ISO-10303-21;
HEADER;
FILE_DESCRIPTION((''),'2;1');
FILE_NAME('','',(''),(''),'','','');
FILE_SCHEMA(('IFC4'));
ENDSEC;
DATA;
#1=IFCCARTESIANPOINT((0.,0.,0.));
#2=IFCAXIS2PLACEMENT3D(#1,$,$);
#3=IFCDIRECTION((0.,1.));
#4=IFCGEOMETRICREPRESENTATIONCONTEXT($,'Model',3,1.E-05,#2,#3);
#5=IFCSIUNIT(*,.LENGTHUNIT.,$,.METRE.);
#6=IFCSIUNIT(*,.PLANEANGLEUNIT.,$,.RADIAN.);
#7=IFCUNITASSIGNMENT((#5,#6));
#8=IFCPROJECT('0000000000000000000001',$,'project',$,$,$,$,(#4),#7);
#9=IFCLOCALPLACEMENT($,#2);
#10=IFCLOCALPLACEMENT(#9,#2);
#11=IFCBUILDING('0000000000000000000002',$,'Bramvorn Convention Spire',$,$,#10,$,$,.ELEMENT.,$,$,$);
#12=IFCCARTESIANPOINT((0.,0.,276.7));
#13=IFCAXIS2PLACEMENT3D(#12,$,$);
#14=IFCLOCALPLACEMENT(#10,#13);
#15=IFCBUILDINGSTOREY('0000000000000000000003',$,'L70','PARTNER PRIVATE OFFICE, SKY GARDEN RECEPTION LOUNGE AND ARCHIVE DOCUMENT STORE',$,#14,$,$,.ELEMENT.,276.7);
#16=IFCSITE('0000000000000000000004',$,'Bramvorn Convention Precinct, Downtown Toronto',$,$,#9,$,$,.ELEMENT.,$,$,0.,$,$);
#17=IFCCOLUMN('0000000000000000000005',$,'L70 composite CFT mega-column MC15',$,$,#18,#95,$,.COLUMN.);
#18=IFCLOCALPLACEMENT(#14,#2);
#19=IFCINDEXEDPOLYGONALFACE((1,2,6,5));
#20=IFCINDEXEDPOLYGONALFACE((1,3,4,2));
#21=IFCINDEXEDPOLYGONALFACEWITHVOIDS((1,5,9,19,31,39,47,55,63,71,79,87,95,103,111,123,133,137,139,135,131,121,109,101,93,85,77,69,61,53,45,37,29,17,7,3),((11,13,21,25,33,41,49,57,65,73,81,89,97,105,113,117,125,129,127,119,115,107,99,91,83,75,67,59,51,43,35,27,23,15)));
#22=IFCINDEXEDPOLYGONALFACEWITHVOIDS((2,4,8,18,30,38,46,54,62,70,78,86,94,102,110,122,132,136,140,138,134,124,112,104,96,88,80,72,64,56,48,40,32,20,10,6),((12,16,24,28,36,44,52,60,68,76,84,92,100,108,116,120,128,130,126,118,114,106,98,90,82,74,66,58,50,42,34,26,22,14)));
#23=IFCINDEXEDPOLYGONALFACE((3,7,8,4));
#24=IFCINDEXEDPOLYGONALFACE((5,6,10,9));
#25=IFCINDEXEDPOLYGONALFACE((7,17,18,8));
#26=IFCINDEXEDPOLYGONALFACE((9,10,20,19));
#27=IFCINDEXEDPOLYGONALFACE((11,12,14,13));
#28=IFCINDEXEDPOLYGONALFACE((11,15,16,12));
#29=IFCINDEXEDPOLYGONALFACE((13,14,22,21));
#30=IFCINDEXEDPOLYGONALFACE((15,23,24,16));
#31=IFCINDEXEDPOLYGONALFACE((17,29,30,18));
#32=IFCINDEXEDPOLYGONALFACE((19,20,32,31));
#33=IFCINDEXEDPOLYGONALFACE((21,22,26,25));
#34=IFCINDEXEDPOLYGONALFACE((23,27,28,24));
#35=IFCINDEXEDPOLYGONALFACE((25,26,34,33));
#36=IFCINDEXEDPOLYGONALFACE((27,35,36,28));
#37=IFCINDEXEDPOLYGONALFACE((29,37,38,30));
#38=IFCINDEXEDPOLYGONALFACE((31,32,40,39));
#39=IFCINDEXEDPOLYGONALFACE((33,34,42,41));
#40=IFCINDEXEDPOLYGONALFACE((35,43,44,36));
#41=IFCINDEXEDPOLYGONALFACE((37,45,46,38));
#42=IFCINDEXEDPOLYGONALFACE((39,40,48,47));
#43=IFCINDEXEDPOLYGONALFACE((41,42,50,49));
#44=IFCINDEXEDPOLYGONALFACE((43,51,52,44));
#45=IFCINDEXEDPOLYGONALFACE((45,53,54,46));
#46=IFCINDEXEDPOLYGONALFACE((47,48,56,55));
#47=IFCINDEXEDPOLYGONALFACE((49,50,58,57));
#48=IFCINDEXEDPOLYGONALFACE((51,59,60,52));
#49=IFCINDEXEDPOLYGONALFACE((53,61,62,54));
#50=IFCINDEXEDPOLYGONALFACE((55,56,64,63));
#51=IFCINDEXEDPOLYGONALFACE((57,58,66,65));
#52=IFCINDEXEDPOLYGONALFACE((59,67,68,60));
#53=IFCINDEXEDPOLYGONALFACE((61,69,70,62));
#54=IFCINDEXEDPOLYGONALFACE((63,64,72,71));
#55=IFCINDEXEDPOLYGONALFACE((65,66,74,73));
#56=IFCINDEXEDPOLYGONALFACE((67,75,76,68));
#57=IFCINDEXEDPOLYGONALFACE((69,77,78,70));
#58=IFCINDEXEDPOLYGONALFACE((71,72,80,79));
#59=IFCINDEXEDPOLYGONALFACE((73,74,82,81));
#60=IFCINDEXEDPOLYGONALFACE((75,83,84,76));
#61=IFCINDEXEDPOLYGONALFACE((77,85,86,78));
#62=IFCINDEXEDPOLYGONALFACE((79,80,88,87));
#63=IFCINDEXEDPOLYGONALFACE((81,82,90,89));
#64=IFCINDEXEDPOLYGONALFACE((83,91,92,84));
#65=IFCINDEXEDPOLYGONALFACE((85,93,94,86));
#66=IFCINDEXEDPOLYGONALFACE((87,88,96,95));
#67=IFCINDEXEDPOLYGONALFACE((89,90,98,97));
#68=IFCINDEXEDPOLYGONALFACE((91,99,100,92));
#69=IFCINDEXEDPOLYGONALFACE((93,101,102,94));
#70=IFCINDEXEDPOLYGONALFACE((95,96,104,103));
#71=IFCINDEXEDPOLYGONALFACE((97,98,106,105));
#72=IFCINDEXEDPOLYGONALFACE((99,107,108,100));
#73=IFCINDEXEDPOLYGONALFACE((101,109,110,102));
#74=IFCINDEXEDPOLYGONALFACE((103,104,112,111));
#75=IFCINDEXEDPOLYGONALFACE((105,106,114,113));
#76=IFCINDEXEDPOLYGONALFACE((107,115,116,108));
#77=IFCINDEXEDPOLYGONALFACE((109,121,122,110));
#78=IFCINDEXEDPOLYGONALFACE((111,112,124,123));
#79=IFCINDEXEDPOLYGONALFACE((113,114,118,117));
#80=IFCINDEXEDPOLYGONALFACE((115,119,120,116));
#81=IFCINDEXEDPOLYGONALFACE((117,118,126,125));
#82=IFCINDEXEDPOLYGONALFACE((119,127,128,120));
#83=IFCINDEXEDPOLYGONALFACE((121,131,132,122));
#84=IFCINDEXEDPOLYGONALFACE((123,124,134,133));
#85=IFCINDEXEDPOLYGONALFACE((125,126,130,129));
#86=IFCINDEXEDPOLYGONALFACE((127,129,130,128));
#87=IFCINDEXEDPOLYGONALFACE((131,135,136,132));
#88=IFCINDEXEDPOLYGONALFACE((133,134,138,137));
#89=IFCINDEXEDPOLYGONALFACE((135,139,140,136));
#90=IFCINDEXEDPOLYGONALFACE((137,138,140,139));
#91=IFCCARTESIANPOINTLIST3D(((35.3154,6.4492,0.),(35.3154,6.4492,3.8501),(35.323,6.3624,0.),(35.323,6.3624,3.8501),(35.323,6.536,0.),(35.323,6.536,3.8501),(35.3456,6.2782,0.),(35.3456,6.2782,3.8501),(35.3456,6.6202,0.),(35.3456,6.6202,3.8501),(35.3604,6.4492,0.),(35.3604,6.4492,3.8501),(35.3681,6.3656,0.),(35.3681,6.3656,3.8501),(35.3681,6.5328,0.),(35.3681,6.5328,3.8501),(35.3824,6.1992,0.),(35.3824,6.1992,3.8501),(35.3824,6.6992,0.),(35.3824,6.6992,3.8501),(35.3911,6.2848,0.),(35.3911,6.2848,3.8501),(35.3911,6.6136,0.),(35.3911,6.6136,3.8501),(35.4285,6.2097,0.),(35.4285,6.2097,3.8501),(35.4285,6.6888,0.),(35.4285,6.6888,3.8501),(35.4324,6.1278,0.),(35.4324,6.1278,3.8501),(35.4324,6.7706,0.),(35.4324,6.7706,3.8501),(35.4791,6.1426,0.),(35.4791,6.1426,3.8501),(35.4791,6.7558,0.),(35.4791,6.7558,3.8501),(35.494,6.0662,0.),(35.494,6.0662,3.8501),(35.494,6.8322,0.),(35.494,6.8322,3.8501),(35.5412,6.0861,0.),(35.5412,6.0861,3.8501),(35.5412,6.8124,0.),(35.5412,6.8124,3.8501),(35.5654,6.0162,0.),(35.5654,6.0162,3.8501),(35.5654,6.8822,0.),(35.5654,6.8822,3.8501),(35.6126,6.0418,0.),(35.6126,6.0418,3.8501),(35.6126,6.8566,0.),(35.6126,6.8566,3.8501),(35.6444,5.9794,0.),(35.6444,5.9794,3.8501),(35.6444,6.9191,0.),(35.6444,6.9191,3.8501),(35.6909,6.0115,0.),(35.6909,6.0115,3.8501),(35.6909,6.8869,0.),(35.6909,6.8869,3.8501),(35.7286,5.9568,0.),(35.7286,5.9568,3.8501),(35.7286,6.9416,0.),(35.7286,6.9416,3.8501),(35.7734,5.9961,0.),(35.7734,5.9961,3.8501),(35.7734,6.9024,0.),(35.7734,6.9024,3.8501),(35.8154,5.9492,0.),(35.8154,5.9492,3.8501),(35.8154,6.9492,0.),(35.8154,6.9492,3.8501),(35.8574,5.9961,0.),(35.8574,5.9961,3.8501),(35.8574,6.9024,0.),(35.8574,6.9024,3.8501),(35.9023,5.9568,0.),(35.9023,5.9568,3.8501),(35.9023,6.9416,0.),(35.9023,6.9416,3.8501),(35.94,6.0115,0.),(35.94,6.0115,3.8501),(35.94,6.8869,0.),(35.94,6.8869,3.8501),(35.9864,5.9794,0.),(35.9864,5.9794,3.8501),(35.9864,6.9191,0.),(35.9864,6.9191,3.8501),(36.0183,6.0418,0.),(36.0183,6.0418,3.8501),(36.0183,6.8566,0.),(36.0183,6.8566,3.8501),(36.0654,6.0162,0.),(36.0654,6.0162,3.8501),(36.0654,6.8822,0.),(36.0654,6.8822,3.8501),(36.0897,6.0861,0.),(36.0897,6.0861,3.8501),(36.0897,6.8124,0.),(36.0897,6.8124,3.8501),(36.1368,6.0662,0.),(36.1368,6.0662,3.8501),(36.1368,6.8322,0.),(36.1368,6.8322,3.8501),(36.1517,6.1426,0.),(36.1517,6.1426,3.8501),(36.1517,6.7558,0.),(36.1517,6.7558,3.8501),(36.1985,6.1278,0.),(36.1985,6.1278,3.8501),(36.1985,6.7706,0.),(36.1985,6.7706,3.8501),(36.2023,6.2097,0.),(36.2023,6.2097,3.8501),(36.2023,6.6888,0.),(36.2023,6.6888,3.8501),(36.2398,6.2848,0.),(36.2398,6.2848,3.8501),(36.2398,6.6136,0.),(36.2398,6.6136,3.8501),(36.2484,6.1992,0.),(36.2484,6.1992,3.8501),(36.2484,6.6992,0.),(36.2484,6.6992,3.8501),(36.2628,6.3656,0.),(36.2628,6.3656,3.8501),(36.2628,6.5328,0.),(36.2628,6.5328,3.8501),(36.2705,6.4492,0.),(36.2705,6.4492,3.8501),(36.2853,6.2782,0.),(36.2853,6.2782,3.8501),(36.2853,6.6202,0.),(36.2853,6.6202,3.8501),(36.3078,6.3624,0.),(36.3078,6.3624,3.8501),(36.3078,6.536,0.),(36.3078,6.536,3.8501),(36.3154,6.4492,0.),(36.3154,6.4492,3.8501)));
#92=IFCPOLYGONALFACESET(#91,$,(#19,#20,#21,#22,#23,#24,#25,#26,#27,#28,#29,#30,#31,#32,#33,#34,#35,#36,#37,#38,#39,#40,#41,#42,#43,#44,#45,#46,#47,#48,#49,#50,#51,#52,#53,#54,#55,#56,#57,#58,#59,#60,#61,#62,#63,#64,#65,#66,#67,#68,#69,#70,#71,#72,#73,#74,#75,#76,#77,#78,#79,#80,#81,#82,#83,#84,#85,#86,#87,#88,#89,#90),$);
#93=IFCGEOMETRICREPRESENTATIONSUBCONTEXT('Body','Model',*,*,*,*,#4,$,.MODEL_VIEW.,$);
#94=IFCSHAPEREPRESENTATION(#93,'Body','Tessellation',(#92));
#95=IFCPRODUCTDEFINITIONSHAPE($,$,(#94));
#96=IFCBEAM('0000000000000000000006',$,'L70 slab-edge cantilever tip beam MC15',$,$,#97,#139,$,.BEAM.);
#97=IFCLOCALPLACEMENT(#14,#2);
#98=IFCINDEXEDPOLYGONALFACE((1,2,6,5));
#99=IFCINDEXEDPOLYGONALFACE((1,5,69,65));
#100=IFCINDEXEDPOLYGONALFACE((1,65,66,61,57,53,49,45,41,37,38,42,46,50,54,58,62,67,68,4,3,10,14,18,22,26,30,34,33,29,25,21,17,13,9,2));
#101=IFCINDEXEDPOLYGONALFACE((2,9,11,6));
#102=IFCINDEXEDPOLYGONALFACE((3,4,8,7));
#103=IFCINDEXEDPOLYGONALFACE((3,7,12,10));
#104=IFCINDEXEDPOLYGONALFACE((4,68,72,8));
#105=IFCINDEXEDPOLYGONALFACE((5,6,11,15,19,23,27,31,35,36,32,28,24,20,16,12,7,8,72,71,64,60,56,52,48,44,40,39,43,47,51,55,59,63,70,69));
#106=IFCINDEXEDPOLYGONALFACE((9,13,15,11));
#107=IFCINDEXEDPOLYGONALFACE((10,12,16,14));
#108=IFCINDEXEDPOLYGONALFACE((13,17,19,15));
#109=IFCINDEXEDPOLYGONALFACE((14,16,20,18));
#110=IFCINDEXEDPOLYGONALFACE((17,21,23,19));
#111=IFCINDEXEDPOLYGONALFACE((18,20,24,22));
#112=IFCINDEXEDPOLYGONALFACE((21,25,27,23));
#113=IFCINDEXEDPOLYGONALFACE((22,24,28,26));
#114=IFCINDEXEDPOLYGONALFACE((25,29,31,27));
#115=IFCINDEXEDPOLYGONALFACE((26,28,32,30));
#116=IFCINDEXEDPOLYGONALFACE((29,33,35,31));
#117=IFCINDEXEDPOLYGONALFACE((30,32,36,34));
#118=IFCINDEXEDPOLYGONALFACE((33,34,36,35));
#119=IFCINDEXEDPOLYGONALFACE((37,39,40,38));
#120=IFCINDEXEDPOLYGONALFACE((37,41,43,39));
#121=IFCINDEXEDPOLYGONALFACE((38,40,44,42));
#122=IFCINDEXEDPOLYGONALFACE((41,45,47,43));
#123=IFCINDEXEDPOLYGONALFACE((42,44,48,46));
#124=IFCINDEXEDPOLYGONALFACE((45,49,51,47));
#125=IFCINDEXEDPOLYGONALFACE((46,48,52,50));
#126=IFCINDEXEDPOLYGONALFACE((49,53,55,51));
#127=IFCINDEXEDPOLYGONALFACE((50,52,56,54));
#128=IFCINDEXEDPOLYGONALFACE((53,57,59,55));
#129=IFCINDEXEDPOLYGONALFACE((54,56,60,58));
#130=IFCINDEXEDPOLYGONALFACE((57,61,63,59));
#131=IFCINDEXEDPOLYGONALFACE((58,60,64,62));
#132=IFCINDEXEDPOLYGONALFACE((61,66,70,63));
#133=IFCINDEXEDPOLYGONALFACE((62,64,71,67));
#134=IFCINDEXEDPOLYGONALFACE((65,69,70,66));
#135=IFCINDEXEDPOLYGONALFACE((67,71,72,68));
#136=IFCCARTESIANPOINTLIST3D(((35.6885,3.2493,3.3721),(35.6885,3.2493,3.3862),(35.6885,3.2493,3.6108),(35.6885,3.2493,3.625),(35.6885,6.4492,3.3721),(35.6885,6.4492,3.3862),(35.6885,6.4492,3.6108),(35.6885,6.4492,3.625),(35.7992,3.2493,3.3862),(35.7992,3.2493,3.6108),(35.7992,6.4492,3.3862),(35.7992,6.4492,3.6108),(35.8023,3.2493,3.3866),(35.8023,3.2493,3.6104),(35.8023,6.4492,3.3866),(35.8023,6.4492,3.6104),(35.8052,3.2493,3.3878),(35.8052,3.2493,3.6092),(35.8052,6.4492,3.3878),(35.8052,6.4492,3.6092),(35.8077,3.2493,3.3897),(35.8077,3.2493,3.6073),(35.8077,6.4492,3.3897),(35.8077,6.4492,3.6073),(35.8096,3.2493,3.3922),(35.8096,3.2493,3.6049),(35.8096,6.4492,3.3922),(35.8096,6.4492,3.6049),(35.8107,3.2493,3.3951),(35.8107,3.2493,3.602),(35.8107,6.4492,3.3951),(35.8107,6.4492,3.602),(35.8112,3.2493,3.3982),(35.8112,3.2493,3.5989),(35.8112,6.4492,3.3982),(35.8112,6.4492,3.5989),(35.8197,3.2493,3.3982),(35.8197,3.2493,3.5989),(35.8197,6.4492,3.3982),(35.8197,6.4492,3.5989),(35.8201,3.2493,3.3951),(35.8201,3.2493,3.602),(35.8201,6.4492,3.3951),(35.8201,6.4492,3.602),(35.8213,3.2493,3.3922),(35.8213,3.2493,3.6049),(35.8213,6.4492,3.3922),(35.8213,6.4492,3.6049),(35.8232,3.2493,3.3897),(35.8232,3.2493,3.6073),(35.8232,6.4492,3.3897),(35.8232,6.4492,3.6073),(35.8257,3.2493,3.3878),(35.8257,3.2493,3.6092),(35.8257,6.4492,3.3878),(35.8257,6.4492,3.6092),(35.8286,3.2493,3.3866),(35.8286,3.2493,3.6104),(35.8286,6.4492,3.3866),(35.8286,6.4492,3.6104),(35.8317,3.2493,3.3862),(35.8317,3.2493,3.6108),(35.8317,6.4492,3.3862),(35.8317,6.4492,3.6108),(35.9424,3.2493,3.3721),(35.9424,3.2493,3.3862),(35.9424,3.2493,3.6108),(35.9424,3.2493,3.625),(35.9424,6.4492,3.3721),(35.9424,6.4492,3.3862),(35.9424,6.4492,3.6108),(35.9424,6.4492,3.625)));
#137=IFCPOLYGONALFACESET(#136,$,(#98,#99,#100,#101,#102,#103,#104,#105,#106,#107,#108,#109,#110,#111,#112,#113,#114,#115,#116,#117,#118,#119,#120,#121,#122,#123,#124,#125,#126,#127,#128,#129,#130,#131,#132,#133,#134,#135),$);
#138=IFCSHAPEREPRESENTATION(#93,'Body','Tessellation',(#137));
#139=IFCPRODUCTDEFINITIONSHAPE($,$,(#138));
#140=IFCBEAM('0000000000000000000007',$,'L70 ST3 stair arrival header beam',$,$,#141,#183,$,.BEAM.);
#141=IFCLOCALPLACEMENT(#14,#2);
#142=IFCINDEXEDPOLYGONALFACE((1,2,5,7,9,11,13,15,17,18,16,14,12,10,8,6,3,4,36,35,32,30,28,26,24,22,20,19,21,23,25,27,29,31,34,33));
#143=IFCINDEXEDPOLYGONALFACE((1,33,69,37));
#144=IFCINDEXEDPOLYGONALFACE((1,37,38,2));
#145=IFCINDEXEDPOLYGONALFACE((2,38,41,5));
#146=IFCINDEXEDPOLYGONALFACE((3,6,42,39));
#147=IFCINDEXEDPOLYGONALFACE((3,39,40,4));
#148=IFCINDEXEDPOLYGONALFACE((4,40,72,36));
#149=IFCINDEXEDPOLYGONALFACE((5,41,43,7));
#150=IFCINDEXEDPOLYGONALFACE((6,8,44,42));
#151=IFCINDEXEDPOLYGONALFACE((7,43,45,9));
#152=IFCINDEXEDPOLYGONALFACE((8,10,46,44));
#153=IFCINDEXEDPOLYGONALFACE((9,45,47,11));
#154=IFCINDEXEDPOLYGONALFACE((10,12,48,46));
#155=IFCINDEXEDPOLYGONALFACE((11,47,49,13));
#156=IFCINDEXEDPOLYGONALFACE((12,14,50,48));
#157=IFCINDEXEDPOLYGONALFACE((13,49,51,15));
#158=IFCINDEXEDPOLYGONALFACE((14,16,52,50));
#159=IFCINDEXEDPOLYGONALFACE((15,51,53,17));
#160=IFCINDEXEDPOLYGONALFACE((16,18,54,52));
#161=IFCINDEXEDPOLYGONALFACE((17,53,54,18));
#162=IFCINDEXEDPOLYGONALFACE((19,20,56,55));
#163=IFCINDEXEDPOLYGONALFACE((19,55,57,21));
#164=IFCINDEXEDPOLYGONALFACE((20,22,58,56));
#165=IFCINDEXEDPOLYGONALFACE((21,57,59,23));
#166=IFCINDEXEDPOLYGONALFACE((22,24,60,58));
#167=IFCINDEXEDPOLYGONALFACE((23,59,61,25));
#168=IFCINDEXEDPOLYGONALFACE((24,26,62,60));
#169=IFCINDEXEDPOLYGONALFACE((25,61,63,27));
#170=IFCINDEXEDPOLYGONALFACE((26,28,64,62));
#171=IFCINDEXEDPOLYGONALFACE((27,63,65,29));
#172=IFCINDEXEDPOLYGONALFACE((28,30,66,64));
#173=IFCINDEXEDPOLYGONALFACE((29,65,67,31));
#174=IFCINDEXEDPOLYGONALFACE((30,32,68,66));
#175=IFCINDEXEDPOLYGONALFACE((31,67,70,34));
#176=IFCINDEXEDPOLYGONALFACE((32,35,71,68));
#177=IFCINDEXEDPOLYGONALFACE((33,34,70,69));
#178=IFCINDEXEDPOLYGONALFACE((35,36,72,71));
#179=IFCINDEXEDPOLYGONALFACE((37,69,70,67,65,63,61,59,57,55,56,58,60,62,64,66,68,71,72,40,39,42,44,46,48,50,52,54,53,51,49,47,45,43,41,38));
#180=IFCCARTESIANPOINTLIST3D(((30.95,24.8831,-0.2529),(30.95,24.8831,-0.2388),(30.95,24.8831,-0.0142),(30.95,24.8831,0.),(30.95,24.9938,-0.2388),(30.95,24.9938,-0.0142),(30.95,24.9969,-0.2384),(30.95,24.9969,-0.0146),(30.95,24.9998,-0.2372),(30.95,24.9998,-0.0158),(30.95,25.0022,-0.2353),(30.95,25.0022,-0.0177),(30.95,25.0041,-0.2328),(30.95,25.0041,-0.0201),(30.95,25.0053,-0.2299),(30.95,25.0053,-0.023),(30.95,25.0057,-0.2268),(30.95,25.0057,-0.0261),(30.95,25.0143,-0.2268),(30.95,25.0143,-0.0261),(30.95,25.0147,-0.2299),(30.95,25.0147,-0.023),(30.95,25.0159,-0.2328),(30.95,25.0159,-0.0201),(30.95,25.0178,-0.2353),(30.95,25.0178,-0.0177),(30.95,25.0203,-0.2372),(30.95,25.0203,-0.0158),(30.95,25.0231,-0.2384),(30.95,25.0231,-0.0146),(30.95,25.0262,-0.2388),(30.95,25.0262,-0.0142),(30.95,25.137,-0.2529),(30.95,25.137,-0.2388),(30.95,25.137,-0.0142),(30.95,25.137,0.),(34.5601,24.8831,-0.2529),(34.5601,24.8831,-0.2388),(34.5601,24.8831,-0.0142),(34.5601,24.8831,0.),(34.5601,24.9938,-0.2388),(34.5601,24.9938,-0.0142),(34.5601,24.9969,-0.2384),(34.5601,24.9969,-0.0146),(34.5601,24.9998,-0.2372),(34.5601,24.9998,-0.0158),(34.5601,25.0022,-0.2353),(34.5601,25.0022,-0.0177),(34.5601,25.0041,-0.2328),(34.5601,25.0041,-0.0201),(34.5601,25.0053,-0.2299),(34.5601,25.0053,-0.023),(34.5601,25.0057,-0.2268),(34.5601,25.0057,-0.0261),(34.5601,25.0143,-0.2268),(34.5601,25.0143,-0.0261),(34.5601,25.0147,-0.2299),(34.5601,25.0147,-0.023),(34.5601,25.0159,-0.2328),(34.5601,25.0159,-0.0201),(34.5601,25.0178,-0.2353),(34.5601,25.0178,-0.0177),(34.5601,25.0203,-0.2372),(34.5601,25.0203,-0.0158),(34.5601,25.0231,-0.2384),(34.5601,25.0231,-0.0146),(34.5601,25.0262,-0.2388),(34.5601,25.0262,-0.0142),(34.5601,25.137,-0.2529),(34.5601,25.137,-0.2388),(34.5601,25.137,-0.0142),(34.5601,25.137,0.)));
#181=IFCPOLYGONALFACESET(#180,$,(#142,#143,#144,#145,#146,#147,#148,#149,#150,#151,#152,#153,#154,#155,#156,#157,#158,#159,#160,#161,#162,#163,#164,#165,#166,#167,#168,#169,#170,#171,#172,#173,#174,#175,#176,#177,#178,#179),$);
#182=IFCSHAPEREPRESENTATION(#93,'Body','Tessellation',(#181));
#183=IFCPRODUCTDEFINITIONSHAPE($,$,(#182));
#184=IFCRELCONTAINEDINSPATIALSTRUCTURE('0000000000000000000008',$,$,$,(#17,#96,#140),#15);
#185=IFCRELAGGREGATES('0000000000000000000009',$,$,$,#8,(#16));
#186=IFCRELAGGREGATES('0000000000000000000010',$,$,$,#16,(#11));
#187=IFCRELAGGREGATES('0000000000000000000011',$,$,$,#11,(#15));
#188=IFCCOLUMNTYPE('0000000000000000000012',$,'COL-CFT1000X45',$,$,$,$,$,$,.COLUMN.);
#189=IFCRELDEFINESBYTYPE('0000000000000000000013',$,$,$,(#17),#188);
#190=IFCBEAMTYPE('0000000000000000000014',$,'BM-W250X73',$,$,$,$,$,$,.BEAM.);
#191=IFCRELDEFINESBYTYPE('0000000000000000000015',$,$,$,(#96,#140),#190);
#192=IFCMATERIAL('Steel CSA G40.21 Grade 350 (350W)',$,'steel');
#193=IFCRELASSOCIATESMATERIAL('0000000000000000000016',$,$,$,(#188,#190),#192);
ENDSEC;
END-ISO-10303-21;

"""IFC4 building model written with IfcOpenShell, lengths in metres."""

from ifc_helpers import new_model, si_unit, direction, frame, origin, origin_2d, place, context, subcontext, project, spatial, hollow_circle, i_section, extrude, material, material_profile, profile_set, type_object, element, save


model = new_model("IFC4")

# Units and contexts
model_context = context("Model", 3, precision=1e-05, world=origin(), true_north=direction((0.0, 1.0)))
body_context = subcontext(model_context, "Body", "Model", "MODEL_VIEW")
ifc_project = project(units=[si_unit("LENGTHUNIT", "METRE"), si_unit("PLANEANGLEUNIT", "RADIAN")], contexts=[model_context])

# Site, building, storey
site_placement = place(None, origin())
site = spatial("IfcSite", under=ifc_project, at=site_placement, Name="Bramvorn Convention Precinct, Downtown Toronto", CompositionType="ELEMENT", RefElevation=0.0)
building_placement = place(site_placement, origin())
building = spatial("IfcBuilding", under=site, at=building_placement, Name="Bramvorn Convention Spire", CompositionType="ELEMENT")
storey_placement = place(building_placement, frame((0.0, 0.0, 276.7)))
storey = spatial("IfcBuildingStorey", under=building, at=storey_placement, Name="L70", Description="PARTNER PRIVATE OFFICE, SKY GARDEN RECEPTION LOUNGE AND ARCHIVE DOCUMENT STORE", CompositionType="ELEMENT", Elevation=276.7)

# Column
ifc_material_1 = material(Name="Steel CSA G40.21 Grade 350 (350W)", Category="steel")
ifc_material_profile_1 = material_profile(ifc_material_1, hollow_circle(Radius=0.5, WallThickness=0.0449, at=origin_2d()))
ifc_profile_set_1 = profile_set([ifc_material_profile_1], Name="Steel CSA G40.21 Grade 350 (350W) - CFT1000X45")
column_type = type_object("IfcColumnType", Name="COL-CFT1000X45", PredefinedType="COLUMN", material=ifc_profile_set_1)
column_placement = place(storey_placement, frame((35.8154, 6.4492, 0.0), z_axis=(0.0, 0.0, 1.0), x_axis=(1.0, 0.0, 0.0)))
element("IfcColumn", 1, at=column_placement, inside=storey, type_object=column_type, Name="L70 composite CFT mega-column MC15", PredefinedType="COLUMN", context=body_context, shape_type="SweptSolid", body=[
    extrude(hollow_circle(Radius=0.5, WallThickness=0.0449, at=origin_2d()), origin(), (0.0, 0.0, 1.0), 3.8501),
])

# Beams
ifc_material_profile_2 = material_profile(ifc_material_1, i_section(OverallWidth=0.2539, OverallDepth=0.2529, WebThickness=0.0085, FlangeThickness=0.0142, FilletRadius=0.012, at=origin_2d()))
ifc_profile_set_2 = profile_set([ifc_material_profile_2], Name="Steel CSA G40.21 Grade 350 (350W) - W250X73")
beam_type_1 = type_object("IfcBeamType", Name="BM-W250X73", PredefinedType="BEAM", material=ifc_profile_set_2)
beam_1_placement = place(storey_placement, frame((35.8154, 6.4492, 3.4985), z_axis=(0.0, -1.0, 0.0), x_axis=(1.0, 0.0, 0.0)))
element("IfcBeam", 2, at=beam_1_placement, inside=storey, type_object=beam_type_1, Name="L70 slab-edge cantilever tip beam MC15", PredefinedType="BEAM", context=body_context, shape_type="SweptSolid", body=[
    extrude(i_section(OverallWidth=0.2539, OverallDepth=0.2529, WebThickness=0.0085, FlangeThickness=0.0142, FilletRadius=0.012, at=origin_2d()), origin(), (0.0, 0.0, 1.0), 3.2),
])
beam_2_placement = place(storey_placement, frame((30.95, 25.01, -0.1265), z_axis=(1.0, 0.0, 0.0), x_axis=(0.0, 1.0, 0.0)))
element("IfcBeam", 3, at=beam_2_placement, inside=storey, type_object=beam_type_1, Name="L70 ST3 stair arrival header beam", PredefinedType="BEAM", context=body_context, shape_type="SweptSolid", body=[
    extrude(i_section(OverallWidth=0.2539, OverallDepth=0.2529, WebThickness=0.0085, FlangeThickness=0.0142, FilletRadius=0.012, at=origin_2d()), origin(), (0.0, 0.0, 1.0), 3.6101),
])

save(model, "model.ifc")
